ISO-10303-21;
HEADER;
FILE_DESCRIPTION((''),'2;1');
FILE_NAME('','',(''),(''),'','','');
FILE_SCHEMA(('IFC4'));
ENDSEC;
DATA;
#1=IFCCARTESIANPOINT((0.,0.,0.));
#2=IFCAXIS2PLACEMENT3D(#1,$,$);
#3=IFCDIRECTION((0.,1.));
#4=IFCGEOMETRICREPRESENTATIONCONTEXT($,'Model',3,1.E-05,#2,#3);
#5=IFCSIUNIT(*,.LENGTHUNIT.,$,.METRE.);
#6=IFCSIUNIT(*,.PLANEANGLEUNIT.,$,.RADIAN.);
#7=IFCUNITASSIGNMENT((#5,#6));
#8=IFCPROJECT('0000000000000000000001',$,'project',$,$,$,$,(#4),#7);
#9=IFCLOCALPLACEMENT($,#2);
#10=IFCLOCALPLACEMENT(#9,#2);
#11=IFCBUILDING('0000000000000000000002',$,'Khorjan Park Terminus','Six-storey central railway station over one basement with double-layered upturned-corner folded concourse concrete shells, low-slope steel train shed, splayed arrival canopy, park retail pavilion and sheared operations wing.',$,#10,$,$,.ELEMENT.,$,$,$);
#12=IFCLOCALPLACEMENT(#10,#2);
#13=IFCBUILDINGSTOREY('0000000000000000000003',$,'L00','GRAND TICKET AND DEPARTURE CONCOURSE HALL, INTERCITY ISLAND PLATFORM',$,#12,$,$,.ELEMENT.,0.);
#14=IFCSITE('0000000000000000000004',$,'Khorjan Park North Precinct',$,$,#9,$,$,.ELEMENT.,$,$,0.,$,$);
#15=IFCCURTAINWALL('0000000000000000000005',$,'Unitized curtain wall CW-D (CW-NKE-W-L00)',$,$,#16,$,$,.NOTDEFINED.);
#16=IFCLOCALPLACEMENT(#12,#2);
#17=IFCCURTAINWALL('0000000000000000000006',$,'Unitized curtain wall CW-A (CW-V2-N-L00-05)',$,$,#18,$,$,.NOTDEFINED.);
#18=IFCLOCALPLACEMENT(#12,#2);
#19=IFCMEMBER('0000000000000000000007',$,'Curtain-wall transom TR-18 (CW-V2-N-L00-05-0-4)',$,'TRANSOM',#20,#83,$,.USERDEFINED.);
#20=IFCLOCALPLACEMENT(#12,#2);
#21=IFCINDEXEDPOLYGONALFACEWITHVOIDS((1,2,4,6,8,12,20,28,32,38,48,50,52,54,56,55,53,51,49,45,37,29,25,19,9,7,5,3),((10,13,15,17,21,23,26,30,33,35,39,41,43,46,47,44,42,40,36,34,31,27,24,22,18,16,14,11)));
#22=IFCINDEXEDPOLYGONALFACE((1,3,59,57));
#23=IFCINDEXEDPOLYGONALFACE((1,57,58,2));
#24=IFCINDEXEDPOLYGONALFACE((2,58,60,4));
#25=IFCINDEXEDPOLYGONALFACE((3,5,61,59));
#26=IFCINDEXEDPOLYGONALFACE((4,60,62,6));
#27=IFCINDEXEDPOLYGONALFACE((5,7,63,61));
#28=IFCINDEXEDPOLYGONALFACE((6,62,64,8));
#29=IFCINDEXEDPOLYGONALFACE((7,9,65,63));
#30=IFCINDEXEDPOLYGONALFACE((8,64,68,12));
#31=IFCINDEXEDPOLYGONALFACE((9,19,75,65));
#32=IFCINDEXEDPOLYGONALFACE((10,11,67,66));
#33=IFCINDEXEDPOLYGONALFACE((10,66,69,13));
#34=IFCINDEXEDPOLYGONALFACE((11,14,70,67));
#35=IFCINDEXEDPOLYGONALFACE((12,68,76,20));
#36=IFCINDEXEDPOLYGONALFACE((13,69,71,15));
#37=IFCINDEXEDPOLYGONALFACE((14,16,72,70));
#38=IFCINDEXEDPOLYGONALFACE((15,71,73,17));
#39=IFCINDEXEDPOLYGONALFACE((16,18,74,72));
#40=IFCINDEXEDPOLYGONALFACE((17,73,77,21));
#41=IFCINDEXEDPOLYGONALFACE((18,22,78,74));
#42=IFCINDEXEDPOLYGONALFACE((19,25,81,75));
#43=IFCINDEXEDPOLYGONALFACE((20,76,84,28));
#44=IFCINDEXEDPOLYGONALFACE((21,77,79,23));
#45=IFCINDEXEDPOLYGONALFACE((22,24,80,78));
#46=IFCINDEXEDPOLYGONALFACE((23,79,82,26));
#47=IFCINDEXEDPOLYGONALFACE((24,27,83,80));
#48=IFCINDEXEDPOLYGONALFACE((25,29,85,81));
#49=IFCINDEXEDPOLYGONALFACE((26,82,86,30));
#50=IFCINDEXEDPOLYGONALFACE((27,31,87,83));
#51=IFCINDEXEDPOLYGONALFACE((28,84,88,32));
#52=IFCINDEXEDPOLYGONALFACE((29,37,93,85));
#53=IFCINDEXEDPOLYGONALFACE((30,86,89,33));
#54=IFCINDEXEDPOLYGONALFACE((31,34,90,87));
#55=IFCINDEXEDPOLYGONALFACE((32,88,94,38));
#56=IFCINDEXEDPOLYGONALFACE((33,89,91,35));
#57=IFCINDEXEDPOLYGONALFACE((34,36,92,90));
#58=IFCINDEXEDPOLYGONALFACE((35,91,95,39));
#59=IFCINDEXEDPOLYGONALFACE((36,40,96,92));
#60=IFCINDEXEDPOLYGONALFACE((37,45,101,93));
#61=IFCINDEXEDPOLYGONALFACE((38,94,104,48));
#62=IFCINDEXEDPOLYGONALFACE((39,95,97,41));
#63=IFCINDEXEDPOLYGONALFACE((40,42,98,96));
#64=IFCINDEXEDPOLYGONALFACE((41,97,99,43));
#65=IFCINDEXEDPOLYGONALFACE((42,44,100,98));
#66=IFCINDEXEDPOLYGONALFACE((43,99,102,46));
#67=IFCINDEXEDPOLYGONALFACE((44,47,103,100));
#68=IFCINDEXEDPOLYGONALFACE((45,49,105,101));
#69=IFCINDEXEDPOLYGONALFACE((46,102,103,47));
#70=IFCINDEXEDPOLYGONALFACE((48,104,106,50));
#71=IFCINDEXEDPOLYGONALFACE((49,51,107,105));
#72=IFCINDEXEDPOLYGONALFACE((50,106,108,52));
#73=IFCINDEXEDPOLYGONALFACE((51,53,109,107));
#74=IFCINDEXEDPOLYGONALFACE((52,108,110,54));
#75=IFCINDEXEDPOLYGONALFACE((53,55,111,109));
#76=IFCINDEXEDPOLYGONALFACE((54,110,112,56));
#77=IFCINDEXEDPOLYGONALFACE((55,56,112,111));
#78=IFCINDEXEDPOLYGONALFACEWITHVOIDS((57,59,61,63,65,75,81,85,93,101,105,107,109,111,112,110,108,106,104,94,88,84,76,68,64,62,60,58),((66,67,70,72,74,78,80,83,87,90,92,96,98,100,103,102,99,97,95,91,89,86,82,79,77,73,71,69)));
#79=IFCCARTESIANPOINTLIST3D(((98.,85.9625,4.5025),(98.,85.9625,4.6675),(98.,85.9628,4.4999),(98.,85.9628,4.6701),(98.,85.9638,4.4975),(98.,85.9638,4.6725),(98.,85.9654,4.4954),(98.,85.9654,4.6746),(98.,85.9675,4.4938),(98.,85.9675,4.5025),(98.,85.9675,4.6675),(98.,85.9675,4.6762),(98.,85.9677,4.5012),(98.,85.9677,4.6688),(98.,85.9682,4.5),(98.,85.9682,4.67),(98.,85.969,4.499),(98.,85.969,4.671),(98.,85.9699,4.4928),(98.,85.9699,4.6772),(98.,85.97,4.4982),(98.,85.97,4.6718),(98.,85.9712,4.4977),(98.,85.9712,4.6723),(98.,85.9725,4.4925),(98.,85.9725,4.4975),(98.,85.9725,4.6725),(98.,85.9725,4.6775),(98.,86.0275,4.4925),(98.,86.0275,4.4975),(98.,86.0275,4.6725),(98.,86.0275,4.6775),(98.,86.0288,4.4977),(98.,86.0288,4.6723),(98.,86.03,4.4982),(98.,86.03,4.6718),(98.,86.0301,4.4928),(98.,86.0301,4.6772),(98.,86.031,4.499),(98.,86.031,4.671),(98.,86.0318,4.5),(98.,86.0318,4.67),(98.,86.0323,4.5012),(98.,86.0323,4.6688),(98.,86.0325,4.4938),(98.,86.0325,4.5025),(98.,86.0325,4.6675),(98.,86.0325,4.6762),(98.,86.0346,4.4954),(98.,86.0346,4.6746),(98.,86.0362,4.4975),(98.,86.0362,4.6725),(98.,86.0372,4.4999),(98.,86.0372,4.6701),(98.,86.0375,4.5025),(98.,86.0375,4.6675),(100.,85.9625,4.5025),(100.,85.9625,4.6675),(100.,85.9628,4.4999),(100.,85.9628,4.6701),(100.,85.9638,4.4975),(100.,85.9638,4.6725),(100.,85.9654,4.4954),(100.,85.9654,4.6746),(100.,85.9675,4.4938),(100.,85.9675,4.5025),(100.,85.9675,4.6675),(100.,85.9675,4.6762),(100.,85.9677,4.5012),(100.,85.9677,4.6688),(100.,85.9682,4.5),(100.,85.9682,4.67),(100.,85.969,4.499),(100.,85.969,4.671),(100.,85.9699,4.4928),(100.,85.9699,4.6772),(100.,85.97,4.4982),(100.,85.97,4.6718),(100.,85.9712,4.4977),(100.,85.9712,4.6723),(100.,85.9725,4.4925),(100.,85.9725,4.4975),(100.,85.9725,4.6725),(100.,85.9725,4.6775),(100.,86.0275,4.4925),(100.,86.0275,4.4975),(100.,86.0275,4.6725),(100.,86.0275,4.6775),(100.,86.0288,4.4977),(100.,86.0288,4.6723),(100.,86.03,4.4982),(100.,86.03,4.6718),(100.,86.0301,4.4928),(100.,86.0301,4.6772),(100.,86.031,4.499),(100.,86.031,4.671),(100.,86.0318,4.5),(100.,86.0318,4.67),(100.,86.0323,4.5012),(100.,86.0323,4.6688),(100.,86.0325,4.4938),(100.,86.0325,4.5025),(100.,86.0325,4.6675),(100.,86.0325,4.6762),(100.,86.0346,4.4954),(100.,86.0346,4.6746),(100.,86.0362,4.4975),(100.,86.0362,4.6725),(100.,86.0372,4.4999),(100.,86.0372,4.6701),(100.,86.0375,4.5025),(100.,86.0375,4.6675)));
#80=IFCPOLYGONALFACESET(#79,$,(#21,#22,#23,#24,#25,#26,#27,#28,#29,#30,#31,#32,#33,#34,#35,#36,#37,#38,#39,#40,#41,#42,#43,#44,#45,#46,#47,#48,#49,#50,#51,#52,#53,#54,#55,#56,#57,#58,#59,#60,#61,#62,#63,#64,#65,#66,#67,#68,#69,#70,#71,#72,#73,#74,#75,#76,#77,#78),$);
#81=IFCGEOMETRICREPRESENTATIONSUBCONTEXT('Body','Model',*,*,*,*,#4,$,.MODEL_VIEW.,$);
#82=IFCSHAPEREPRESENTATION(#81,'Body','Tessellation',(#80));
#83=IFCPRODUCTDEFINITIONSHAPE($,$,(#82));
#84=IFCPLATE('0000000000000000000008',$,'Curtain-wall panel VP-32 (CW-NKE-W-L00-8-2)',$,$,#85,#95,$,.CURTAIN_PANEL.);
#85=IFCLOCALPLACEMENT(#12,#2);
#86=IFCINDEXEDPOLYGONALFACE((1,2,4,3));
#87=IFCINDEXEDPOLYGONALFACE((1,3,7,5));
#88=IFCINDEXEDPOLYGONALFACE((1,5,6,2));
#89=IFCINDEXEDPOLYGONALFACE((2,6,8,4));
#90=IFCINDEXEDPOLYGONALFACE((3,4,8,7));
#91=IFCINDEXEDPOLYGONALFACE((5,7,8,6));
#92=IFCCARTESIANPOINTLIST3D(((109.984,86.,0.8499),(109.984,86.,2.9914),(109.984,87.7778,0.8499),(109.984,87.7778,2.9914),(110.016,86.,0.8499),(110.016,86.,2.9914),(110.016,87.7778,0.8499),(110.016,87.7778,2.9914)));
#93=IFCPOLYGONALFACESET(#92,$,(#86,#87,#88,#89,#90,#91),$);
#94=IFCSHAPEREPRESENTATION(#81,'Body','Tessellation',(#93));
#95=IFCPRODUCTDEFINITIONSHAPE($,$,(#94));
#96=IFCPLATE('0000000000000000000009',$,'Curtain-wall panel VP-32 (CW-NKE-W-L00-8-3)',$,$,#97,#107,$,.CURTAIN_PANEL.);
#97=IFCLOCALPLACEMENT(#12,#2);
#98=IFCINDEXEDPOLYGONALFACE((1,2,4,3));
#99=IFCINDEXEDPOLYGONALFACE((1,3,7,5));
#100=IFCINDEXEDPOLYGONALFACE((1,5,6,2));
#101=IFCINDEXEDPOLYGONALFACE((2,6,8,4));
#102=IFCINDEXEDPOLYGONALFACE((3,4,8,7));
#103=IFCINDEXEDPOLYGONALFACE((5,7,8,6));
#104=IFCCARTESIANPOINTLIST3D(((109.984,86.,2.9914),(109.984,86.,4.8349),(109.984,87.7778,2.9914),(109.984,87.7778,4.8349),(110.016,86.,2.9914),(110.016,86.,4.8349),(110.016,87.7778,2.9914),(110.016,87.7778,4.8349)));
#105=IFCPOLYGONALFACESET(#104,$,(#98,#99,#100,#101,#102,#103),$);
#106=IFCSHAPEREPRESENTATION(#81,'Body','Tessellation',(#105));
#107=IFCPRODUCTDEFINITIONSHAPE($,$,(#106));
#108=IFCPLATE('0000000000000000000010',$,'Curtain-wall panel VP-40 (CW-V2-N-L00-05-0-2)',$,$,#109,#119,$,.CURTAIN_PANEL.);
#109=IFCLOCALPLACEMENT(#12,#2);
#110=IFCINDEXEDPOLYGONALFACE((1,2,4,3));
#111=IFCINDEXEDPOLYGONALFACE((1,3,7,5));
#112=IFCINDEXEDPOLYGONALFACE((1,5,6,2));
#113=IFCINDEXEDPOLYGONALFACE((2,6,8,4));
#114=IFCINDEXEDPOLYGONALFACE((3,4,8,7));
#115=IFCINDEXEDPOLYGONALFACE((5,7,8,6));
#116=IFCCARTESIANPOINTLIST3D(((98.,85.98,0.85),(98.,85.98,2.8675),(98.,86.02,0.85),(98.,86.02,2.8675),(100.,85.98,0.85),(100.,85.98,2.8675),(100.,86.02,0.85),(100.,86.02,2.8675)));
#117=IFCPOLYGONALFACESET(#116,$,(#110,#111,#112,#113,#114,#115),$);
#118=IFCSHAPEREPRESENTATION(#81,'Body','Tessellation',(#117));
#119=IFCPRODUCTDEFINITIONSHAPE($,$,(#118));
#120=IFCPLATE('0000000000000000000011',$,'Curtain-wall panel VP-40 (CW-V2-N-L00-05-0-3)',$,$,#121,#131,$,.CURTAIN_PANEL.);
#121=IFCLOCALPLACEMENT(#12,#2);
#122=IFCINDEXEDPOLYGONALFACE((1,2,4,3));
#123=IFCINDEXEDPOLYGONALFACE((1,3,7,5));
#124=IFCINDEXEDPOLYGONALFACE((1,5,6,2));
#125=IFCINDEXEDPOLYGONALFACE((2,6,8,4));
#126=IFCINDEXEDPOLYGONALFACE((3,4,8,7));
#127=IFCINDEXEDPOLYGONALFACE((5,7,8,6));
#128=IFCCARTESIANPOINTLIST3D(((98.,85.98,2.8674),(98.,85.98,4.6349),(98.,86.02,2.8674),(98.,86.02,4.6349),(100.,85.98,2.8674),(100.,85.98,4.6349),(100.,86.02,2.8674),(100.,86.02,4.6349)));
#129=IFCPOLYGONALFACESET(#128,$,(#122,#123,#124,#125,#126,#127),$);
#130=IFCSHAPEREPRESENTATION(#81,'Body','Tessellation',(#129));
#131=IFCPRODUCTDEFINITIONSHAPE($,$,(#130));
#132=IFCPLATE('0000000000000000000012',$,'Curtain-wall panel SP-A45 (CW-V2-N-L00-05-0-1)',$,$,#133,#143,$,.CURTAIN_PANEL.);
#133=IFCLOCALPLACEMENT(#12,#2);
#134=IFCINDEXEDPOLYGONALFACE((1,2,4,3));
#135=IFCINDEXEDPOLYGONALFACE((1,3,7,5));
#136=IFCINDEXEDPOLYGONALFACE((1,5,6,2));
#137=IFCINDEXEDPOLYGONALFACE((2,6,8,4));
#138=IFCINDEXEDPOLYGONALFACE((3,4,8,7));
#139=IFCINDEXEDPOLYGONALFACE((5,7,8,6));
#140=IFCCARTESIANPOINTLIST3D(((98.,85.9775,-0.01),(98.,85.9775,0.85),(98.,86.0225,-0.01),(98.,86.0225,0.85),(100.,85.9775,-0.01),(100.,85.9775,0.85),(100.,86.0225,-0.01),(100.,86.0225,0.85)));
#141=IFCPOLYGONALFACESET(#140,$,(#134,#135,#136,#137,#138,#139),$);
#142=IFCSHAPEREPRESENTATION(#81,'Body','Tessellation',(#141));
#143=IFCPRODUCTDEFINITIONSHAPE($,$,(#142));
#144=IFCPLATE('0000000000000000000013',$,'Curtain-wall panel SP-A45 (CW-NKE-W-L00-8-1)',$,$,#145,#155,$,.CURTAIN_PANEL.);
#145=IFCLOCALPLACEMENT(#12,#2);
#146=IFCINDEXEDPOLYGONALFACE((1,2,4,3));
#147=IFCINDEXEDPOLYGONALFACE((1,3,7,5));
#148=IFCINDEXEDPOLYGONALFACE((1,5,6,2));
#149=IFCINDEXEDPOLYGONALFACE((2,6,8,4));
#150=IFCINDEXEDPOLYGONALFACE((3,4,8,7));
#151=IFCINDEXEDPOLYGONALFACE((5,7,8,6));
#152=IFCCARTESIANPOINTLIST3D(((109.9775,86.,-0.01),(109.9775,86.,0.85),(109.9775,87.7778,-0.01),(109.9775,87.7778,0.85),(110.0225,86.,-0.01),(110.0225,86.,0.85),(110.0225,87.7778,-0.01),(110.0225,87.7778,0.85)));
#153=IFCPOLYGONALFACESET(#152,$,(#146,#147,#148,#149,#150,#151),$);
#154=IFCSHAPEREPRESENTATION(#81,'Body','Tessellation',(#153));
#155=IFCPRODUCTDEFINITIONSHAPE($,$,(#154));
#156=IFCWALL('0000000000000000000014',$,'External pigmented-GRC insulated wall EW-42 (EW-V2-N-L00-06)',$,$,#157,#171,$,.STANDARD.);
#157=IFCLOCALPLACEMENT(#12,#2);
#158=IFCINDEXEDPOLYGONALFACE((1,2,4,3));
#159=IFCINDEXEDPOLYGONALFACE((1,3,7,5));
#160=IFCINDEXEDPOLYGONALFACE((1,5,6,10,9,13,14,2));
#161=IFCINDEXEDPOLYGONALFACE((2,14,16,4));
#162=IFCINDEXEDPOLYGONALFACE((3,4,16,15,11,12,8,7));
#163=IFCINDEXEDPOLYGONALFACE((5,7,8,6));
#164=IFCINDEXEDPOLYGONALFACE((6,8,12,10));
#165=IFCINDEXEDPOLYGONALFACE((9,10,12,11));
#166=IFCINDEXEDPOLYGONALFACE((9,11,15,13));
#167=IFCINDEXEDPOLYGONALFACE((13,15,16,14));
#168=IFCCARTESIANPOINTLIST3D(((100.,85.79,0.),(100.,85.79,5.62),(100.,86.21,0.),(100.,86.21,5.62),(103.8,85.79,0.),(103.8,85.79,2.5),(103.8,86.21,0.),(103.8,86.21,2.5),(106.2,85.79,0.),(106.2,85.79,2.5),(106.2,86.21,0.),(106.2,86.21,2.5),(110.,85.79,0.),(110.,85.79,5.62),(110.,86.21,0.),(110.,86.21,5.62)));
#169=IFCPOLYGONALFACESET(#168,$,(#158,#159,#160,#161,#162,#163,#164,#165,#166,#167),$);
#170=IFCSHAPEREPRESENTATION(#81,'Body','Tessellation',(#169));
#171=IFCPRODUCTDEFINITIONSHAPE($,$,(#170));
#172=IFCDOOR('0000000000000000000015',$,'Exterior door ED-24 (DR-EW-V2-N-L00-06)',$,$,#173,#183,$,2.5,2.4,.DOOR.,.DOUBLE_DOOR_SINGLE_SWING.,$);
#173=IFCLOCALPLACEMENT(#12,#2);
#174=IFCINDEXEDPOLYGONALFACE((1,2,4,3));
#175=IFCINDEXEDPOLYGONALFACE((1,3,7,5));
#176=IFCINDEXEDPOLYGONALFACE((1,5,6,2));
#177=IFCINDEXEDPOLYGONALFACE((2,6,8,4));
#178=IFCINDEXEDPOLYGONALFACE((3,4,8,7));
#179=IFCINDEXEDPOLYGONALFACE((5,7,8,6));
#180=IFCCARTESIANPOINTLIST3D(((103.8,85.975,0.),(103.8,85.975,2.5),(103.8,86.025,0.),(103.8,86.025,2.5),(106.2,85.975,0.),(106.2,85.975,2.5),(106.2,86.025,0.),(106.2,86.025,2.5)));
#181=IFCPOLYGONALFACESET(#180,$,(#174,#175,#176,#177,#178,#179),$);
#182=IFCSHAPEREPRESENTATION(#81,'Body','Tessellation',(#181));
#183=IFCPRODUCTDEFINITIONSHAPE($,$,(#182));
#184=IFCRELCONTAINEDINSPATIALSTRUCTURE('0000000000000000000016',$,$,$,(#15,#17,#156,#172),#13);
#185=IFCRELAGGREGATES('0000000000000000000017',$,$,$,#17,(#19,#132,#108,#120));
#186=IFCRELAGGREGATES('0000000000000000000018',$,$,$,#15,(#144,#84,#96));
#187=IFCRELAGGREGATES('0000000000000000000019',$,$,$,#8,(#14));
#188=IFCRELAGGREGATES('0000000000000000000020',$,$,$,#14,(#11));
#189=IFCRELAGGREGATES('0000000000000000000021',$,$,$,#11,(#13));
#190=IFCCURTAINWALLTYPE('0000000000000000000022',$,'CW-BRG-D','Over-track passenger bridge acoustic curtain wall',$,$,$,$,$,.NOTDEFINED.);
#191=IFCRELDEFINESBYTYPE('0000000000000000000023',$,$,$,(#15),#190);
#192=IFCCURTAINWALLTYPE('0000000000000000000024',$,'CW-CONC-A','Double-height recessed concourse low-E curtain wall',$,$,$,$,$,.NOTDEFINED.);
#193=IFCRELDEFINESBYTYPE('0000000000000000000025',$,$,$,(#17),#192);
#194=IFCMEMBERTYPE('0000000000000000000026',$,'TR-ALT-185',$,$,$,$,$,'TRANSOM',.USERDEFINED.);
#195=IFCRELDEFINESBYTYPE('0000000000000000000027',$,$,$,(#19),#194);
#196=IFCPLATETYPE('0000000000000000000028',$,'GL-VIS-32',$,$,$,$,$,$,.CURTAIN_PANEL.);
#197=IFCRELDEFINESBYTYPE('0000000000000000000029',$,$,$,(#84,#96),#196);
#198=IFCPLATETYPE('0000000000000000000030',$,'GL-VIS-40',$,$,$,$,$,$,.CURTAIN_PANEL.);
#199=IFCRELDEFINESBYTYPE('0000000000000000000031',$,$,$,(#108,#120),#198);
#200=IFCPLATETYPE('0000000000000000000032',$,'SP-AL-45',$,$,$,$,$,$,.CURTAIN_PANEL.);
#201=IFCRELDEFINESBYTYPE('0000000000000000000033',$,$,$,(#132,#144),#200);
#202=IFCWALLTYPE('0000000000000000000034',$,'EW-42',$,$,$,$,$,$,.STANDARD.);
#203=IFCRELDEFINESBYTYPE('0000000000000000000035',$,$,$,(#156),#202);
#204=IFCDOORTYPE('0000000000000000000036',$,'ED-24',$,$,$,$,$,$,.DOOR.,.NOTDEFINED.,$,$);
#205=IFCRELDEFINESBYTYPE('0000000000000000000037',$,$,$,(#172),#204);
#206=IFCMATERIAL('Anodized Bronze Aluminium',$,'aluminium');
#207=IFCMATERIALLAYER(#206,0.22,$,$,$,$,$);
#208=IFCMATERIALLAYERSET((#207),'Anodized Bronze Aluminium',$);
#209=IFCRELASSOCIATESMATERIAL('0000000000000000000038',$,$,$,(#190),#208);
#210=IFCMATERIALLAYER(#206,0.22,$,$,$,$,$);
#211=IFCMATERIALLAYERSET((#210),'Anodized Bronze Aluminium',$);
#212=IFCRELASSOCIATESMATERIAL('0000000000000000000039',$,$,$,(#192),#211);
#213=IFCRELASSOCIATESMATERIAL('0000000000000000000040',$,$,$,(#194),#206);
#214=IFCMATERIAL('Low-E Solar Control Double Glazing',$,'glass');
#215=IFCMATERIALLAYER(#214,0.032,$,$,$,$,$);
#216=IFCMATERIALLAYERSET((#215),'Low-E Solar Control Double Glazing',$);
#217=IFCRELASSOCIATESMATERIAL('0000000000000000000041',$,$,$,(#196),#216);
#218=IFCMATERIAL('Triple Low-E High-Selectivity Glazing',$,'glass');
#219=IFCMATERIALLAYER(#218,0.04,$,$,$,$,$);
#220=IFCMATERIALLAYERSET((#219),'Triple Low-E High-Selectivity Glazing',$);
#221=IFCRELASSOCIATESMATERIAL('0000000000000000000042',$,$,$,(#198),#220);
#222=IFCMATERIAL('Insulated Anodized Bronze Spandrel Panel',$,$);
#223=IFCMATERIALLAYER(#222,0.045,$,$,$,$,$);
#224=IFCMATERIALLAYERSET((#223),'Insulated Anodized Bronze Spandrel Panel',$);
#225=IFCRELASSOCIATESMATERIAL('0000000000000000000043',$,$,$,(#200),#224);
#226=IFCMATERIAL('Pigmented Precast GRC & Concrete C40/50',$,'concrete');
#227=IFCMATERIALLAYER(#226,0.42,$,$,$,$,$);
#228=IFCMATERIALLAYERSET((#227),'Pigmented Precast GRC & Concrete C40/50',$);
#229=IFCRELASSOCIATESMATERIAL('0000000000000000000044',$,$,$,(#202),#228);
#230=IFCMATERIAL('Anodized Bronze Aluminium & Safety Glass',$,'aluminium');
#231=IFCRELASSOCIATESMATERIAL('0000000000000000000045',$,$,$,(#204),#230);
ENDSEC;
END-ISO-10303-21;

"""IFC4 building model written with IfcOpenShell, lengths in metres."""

from ifc_helpers import new_model, si_unit, direction, frame, frame_2d, origin, origin_2d, place, context, subcontext, project, spatial, rectangle, hollow_rectangle, extrude, material, layer, layer_set, material_profile, profile_set, type_object, element, fill, aggregate, save


model = new_model("IFC4")

# Units and contexts
model_context = context("Model", 3, precision=1e-05, world=origin(), true_north=direction((0.0, 1.0)))
body_context = subcontext(model_context, "Body", "Model", "MODEL_VIEW")
ifc_project = project(units=[si_unit("LENGTHUNIT", "METRE"), si_unit("PLANEANGLEUNIT", "RADIAN")], contexts=[model_context])

# Site, building, storey
site_placement = place(None, origin())
site = spatial("IfcSite", under=ifc_project, at=site_placement, Name="Khorjan Park North Precinct", CompositionType="ELEMENT", RefElevation=0.0)
building_placement = place(site_placement, origin())
building = spatial("IfcBuilding", under=site, at=building_placement, Name="Khorjan Park Terminus", Description="Six-storey central railway station over one basement with double-layered upturned-corner folded concourse concrete shells, low-slope steel train shed, splayed arrival canopy, park retail pavilion and sheared operations wing.", CompositionType="ELEMENT")
storey_placement = place(building_placement, origin())
storey = spatial("IfcBuildingStorey", under=building, at=storey_placement, Name="L00", Description="GRAND TICKET AND DEPARTURE CONCOURSE HALL, INTERCITY ISLAND PLATFORM", CompositionType="ELEMENT", Elevation=0.0)

# Curtain wall
ifc_material_1 = material(Name="Anodized Bronze Aluminium", Category="aluminium")
ifc_layer_1 = layer(ifc_material_1, 0.22)
ifc_layer_set_1 = layer_set([ifc_layer_1], Name="Anodized Bronze Aluminium")
curtain_wall_type_1 = type_object("IfcCurtainWallType", Name="CW-BRG-D", Description="Over-track passenger bridge acoustic curtain wall", PredefinedType="NOTDEFINED", material=ifc_layer_set_1)
curtain_wall_1_placement = place(storey_placement, origin())
curtain_wall_1 = element("IfcCurtainWall", 1, at=curtain_wall_1_placement, inside=storey, type_object=curtain_wall_type_1, Name="Unitized curtain wall CW-D (CW-NKE-W-L00)", PredefinedType="NOTDEFINED")

# Curtain wall
ifc_layer_2 = layer(ifc_material_1, 0.22)
ifc_layer_set_2 = layer_set([ifc_layer_2], Name="Anodized Bronze Aluminium")
curtain_wall_type_2 = type_object("IfcCurtainWallType", Name="CW-CONC-A", Description="Double-height recessed concourse low-E curtain wall", PredefinedType="NOTDEFINED", material=ifc_layer_set_2)
curtain_wall_2_placement = place(storey_placement, origin())
curtain_wall_2 = element("IfcCurtainWall", 2, at=curtain_wall_2_placement, inside=storey, type_object=curtain_wall_type_2, Name="Unitized curtain wall CW-A (CW-V2-N-L00-05)", PredefinedType="NOTDEFINED")

# Member
ifc_material_profile_1 = material_profile(ifc_material_1, hollow_rectangle(XDim=0.075, YDim=0.185, WallThickness=0.005, InnerFilletRadius=0.005, OuterFilletRadius=0.01, at=origin_2d()), Name="ALT 75x185x5")
ifc_profile_set_1 = profile_set([ifc_material_profile_1], Name="Anodized Bronze Aluminium")
member_type_1 = type_object("IfcMemberType", Name="TR-ALT-185", ElementType="TRANSOM", PredefinedType="USERDEFINED", material=ifc_profile_set_1)
member_1_placement = place(storey_placement, frame((100.0, 86.0, 4.585), z_axis=(-1.0, 0.0, 0.0), x_axis=(0.0, -1.0, 0.0)))
member_1 = element("IfcMember", 3, at=member_1_placement, type_object=member_type_1, Name="Curtain-wall transom TR-18 (CW-V2-N-L00-05-0-4)", ObjectType="TRANSOM", PredefinedType="USERDEFINED", context=body_context, shape_type="SweptSolid", body=[
    extrude(hollow_rectangle(XDim=0.075, YDim=0.185, WallThickness=0.005, InnerFilletRadius=0.005, OuterFilletRadius=0.01, at=origin_2d()), origin(), (0.0, 0.0, 1.0), 2.0),
])

# Plates
ifc_material_2 = material(Name="Low-E Solar Control Double Glazing", Category="glass")
ifc_layer_3 = layer(ifc_material_2, 0.032)
ifc_layer_set_3 = layer_set([ifc_layer_3], Name="Low-E Solar Control Double Glazing")
plate_type_1 = type_object("IfcPlateType", Name="GL-VIS-32", PredefinedType="CURTAIN_PANEL", material=ifc_layer_set_3)
plate_1_placement = place(storey_placement, frame((110.0, 86.8889, 0.8499), z_axis=(0.0, 0.0, 1.0), x_axis=(0.0, -1.0, 0.0)))
plate_1 = element("IfcPlate", 4, at=plate_1_placement, type_object=plate_type_1, Name="Curtain-wall panel VP-32 (CW-NKE-W-L00-8-2)", PredefinedType="CURTAIN_PANEL", context=body_context, shape_type="SweptSolid", body=[
    extrude(rectangle(XDim=1.7778, YDim=0.032, at=origin_2d()), origin(), (0.0, 0.0, 1.0), 2.1415),
])
plate_2_placement = place(storey_placement, frame((110.0, 86.8889, 2.9914), z_axis=(0.0, 0.0, 1.0), x_axis=(0.0, -1.0, 0.0)))
plate_2 = element("IfcPlate", 5, at=plate_2_placement, type_object=plate_type_1, Name="Curtain-wall panel VP-32 (CW-NKE-W-L00-8-3)", PredefinedType="CURTAIN_PANEL", context=body_context, shape_type="SweptSolid", body=[
    extrude(rectangle(XDim=1.7778, YDim=0.032, at=origin_2d()), origin(), (0.0, 0.0, 1.0), 1.8435),
])
ifc_material_3 = material(Name="Triple Low-E High-Selectivity Glazing", Category="glass")
ifc_layer_4 = layer(ifc_material_3, 0.04)
ifc_layer_set_4 = layer_set([ifc_layer_4], Name="Triple Low-E High-Selectivity Glazing")
plate_type_2 = type_object("IfcPlateType", Name="GL-VIS-40", PredefinedType="CURTAIN_PANEL", material=ifc_layer_set_4)
plate_3_placement = place(storey_placement, frame((99.0, 86.0, 0.85), z_axis=(0.0, 0.0, 1.0), x_axis=(-1.0, 0.0, 0.0)))
plate_3 = element("IfcPlate", 6, at=plate_3_placement, type_object=plate_type_2, Name="Curtain-wall panel VP-40 (CW-V2-N-L00-05-0-2)", PredefinedType="CURTAIN_PANEL", context=body_context, shape_type="SweptSolid", body=[
    extrude(rectangle(XDim=2.0, YDim=0.04, at=origin_2d()), origin(), (0.0, 0.0, 1.0), 2.0175),
])
plate_4_placement = place(storey_placement, frame((99.0, 86.0, 2.8674), z_axis=(0.0, 0.0, 1.0), x_axis=(-1.0, 0.0, 0.0)))
plate_4 = element("IfcPlate", 7, at=plate_4_placement, type_object=plate_type_2, Name="Curtain-wall panel VP-40 (CW-V2-N-L00-05-0-3)", PredefinedType="CURTAIN_PANEL", context=body_context, shape_type="SweptSolid", body=[
    extrude(rectangle(XDim=2.0, YDim=0.04, at=origin_2d()), origin(), (0.0, 0.0, 1.0), 1.7675),
])
ifc_material_4 = material(Name="Insulated Anodized Bronze Spandrel Panel")
ifc_layer_5 = layer(ifc_material_4, 0.045)
ifc_layer_set_5 = layer_set([ifc_layer_5], Name="Insulated Anodized Bronze Spandrel Panel")
plate_type_3 = type_object("IfcPlateType", Name="SP-AL-45", PredefinedType="CURTAIN_PANEL", material=ifc_layer_set_5)
plate_5_placement = place(storey_placement, frame((99.0, 86.0, -0.01), z_axis=(0.0, 0.0, 1.0), x_axis=(-1.0, 0.0, 0.0)))
plate_5 = element("IfcPlate", 8, at=plate_5_placement, type_object=plate_type_3, Name="Curtain-wall panel SP-A45 (CW-V2-N-L00-05-0-1)", PredefinedType="CURTAIN_PANEL", context=body_context, shape_type="SweptSolid", body=[
    extrude(rectangle(XDim=2.0, YDim=0.045, at=origin_2d()), origin(), (0.0, 0.0, 1.0), 0.86),
])
aggregate(curtain_wall_2, [member_1, plate_5, plate_3, plate_4])
plate_6_placement = place(storey_placement, frame((110.0, 86.8889, -0.01), z_axis=(0.0, 0.0, 1.0), x_axis=(0.0, -1.0, 0.0)))
plate_6 = element("IfcPlate", 9, at=plate_6_placement, type_object=plate_type_3, Name="Curtain-wall panel SP-A45 (CW-NKE-W-L00-8-1)", PredefinedType="CURTAIN_PANEL", context=body_context, shape_type="SweptSolid", body=[
    extrude(rectangle(XDim=1.7778, YDim=0.045, at=origin_2d()), origin(), (0.0, 0.0, 1.0), 0.86),
])
aggregate(curtain_wall_1, [plate_6, plate_1, plate_2])

# Wall, opening, door
ifc_material_5 = material(Name="Pigmented Precast GRC & Concrete C40/50", Category="concrete")
ifc_layer_6 = layer(ifc_material_5, 0.42)
ifc_layer_set_6 = layer_set([ifc_layer_6], Name="Pigmented Precast GRC & Concrete C40/50")
wall_type = type_object("IfcWallType", Name="EW-42", PredefinedType="STANDARD", material=ifc_layer_set_6)
wall_placement = place(storey_placement, frame((110.0, 86.0, 0.0), z_axis=(0.0, 0.0, 1.0), x_axis=(-1.0, 0.0, 0.0)))
wall = element("IfcWall", 10, at=wall_placement, inside=storey, type_object=wall_type, Name="External pigmented-GRC insulated wall EW-42 (EW-V2-N-L00-06)", PredefinedType="STANDARD", context=body_context, shape_type="SweptSolid", body=[
    extrude(rectangle(XDim=10.0, YDim=0.42, at=frame_2d((5.0, 0.0))), origin(), (0.0, 0.0, 1.0), 5.62),
])
opening_placement = place(wall_placement, frame((3.8, 0.0, 0.0)))
opening = element("IfcOpeningElement", 11, at=opening_placement, cuts=wall, PredefinedType="OPENING", context=body_context, shape_type="SweptSolid", body=[
    extrude(rectangle(XDim=2.4, YDim=2.5, at=frame_2d((1.2, 1.25))), frame((0.0, 0.22, 0.0), z_axis=(0.0, -1.0, 0.0), x_axis=(1.0, 0.0, 0.0)), (0.0, 0.0, 1.0), 0.44),
])
ifc_material_6 = material(Name="Anodized Bronze Aluminium & Safety Glass", Category="aluminium")
door_type = type_object("IfcDoorType", Name="ED-24", OperationType="NOTDEFINED", PredefinedType="DOOR", material=ifc_material_6)
door_placement = place(opening_placement, origin())
door = element("IfcDoor", 12, at=door_placement, inside=storey, type_object=door_type, Name="Exterior door ED-24 (DR-EW-V2-N-L00-06)", OperationType="DOUBLE_DOOR_SINGLE_SWING", OverallHeight=2.5, OverallWidth=2.4, PredefinedType="DOOR", context=body_context, shape_type="SweptSolid", body=[
    extrude(rectangle(XDim=2.4, YDim=2.5, at=frame_2d((1.2, 1.25))), frame((0.0, 0.025, 0.0), z_axis=(0.0, -1.0, 0.0), x_axis=(1.0, 0.0, 0.0)), (0.0, 0.0, 1.0), 0.05),
])
fill(opening, door)

save(model, "model.ifc")
